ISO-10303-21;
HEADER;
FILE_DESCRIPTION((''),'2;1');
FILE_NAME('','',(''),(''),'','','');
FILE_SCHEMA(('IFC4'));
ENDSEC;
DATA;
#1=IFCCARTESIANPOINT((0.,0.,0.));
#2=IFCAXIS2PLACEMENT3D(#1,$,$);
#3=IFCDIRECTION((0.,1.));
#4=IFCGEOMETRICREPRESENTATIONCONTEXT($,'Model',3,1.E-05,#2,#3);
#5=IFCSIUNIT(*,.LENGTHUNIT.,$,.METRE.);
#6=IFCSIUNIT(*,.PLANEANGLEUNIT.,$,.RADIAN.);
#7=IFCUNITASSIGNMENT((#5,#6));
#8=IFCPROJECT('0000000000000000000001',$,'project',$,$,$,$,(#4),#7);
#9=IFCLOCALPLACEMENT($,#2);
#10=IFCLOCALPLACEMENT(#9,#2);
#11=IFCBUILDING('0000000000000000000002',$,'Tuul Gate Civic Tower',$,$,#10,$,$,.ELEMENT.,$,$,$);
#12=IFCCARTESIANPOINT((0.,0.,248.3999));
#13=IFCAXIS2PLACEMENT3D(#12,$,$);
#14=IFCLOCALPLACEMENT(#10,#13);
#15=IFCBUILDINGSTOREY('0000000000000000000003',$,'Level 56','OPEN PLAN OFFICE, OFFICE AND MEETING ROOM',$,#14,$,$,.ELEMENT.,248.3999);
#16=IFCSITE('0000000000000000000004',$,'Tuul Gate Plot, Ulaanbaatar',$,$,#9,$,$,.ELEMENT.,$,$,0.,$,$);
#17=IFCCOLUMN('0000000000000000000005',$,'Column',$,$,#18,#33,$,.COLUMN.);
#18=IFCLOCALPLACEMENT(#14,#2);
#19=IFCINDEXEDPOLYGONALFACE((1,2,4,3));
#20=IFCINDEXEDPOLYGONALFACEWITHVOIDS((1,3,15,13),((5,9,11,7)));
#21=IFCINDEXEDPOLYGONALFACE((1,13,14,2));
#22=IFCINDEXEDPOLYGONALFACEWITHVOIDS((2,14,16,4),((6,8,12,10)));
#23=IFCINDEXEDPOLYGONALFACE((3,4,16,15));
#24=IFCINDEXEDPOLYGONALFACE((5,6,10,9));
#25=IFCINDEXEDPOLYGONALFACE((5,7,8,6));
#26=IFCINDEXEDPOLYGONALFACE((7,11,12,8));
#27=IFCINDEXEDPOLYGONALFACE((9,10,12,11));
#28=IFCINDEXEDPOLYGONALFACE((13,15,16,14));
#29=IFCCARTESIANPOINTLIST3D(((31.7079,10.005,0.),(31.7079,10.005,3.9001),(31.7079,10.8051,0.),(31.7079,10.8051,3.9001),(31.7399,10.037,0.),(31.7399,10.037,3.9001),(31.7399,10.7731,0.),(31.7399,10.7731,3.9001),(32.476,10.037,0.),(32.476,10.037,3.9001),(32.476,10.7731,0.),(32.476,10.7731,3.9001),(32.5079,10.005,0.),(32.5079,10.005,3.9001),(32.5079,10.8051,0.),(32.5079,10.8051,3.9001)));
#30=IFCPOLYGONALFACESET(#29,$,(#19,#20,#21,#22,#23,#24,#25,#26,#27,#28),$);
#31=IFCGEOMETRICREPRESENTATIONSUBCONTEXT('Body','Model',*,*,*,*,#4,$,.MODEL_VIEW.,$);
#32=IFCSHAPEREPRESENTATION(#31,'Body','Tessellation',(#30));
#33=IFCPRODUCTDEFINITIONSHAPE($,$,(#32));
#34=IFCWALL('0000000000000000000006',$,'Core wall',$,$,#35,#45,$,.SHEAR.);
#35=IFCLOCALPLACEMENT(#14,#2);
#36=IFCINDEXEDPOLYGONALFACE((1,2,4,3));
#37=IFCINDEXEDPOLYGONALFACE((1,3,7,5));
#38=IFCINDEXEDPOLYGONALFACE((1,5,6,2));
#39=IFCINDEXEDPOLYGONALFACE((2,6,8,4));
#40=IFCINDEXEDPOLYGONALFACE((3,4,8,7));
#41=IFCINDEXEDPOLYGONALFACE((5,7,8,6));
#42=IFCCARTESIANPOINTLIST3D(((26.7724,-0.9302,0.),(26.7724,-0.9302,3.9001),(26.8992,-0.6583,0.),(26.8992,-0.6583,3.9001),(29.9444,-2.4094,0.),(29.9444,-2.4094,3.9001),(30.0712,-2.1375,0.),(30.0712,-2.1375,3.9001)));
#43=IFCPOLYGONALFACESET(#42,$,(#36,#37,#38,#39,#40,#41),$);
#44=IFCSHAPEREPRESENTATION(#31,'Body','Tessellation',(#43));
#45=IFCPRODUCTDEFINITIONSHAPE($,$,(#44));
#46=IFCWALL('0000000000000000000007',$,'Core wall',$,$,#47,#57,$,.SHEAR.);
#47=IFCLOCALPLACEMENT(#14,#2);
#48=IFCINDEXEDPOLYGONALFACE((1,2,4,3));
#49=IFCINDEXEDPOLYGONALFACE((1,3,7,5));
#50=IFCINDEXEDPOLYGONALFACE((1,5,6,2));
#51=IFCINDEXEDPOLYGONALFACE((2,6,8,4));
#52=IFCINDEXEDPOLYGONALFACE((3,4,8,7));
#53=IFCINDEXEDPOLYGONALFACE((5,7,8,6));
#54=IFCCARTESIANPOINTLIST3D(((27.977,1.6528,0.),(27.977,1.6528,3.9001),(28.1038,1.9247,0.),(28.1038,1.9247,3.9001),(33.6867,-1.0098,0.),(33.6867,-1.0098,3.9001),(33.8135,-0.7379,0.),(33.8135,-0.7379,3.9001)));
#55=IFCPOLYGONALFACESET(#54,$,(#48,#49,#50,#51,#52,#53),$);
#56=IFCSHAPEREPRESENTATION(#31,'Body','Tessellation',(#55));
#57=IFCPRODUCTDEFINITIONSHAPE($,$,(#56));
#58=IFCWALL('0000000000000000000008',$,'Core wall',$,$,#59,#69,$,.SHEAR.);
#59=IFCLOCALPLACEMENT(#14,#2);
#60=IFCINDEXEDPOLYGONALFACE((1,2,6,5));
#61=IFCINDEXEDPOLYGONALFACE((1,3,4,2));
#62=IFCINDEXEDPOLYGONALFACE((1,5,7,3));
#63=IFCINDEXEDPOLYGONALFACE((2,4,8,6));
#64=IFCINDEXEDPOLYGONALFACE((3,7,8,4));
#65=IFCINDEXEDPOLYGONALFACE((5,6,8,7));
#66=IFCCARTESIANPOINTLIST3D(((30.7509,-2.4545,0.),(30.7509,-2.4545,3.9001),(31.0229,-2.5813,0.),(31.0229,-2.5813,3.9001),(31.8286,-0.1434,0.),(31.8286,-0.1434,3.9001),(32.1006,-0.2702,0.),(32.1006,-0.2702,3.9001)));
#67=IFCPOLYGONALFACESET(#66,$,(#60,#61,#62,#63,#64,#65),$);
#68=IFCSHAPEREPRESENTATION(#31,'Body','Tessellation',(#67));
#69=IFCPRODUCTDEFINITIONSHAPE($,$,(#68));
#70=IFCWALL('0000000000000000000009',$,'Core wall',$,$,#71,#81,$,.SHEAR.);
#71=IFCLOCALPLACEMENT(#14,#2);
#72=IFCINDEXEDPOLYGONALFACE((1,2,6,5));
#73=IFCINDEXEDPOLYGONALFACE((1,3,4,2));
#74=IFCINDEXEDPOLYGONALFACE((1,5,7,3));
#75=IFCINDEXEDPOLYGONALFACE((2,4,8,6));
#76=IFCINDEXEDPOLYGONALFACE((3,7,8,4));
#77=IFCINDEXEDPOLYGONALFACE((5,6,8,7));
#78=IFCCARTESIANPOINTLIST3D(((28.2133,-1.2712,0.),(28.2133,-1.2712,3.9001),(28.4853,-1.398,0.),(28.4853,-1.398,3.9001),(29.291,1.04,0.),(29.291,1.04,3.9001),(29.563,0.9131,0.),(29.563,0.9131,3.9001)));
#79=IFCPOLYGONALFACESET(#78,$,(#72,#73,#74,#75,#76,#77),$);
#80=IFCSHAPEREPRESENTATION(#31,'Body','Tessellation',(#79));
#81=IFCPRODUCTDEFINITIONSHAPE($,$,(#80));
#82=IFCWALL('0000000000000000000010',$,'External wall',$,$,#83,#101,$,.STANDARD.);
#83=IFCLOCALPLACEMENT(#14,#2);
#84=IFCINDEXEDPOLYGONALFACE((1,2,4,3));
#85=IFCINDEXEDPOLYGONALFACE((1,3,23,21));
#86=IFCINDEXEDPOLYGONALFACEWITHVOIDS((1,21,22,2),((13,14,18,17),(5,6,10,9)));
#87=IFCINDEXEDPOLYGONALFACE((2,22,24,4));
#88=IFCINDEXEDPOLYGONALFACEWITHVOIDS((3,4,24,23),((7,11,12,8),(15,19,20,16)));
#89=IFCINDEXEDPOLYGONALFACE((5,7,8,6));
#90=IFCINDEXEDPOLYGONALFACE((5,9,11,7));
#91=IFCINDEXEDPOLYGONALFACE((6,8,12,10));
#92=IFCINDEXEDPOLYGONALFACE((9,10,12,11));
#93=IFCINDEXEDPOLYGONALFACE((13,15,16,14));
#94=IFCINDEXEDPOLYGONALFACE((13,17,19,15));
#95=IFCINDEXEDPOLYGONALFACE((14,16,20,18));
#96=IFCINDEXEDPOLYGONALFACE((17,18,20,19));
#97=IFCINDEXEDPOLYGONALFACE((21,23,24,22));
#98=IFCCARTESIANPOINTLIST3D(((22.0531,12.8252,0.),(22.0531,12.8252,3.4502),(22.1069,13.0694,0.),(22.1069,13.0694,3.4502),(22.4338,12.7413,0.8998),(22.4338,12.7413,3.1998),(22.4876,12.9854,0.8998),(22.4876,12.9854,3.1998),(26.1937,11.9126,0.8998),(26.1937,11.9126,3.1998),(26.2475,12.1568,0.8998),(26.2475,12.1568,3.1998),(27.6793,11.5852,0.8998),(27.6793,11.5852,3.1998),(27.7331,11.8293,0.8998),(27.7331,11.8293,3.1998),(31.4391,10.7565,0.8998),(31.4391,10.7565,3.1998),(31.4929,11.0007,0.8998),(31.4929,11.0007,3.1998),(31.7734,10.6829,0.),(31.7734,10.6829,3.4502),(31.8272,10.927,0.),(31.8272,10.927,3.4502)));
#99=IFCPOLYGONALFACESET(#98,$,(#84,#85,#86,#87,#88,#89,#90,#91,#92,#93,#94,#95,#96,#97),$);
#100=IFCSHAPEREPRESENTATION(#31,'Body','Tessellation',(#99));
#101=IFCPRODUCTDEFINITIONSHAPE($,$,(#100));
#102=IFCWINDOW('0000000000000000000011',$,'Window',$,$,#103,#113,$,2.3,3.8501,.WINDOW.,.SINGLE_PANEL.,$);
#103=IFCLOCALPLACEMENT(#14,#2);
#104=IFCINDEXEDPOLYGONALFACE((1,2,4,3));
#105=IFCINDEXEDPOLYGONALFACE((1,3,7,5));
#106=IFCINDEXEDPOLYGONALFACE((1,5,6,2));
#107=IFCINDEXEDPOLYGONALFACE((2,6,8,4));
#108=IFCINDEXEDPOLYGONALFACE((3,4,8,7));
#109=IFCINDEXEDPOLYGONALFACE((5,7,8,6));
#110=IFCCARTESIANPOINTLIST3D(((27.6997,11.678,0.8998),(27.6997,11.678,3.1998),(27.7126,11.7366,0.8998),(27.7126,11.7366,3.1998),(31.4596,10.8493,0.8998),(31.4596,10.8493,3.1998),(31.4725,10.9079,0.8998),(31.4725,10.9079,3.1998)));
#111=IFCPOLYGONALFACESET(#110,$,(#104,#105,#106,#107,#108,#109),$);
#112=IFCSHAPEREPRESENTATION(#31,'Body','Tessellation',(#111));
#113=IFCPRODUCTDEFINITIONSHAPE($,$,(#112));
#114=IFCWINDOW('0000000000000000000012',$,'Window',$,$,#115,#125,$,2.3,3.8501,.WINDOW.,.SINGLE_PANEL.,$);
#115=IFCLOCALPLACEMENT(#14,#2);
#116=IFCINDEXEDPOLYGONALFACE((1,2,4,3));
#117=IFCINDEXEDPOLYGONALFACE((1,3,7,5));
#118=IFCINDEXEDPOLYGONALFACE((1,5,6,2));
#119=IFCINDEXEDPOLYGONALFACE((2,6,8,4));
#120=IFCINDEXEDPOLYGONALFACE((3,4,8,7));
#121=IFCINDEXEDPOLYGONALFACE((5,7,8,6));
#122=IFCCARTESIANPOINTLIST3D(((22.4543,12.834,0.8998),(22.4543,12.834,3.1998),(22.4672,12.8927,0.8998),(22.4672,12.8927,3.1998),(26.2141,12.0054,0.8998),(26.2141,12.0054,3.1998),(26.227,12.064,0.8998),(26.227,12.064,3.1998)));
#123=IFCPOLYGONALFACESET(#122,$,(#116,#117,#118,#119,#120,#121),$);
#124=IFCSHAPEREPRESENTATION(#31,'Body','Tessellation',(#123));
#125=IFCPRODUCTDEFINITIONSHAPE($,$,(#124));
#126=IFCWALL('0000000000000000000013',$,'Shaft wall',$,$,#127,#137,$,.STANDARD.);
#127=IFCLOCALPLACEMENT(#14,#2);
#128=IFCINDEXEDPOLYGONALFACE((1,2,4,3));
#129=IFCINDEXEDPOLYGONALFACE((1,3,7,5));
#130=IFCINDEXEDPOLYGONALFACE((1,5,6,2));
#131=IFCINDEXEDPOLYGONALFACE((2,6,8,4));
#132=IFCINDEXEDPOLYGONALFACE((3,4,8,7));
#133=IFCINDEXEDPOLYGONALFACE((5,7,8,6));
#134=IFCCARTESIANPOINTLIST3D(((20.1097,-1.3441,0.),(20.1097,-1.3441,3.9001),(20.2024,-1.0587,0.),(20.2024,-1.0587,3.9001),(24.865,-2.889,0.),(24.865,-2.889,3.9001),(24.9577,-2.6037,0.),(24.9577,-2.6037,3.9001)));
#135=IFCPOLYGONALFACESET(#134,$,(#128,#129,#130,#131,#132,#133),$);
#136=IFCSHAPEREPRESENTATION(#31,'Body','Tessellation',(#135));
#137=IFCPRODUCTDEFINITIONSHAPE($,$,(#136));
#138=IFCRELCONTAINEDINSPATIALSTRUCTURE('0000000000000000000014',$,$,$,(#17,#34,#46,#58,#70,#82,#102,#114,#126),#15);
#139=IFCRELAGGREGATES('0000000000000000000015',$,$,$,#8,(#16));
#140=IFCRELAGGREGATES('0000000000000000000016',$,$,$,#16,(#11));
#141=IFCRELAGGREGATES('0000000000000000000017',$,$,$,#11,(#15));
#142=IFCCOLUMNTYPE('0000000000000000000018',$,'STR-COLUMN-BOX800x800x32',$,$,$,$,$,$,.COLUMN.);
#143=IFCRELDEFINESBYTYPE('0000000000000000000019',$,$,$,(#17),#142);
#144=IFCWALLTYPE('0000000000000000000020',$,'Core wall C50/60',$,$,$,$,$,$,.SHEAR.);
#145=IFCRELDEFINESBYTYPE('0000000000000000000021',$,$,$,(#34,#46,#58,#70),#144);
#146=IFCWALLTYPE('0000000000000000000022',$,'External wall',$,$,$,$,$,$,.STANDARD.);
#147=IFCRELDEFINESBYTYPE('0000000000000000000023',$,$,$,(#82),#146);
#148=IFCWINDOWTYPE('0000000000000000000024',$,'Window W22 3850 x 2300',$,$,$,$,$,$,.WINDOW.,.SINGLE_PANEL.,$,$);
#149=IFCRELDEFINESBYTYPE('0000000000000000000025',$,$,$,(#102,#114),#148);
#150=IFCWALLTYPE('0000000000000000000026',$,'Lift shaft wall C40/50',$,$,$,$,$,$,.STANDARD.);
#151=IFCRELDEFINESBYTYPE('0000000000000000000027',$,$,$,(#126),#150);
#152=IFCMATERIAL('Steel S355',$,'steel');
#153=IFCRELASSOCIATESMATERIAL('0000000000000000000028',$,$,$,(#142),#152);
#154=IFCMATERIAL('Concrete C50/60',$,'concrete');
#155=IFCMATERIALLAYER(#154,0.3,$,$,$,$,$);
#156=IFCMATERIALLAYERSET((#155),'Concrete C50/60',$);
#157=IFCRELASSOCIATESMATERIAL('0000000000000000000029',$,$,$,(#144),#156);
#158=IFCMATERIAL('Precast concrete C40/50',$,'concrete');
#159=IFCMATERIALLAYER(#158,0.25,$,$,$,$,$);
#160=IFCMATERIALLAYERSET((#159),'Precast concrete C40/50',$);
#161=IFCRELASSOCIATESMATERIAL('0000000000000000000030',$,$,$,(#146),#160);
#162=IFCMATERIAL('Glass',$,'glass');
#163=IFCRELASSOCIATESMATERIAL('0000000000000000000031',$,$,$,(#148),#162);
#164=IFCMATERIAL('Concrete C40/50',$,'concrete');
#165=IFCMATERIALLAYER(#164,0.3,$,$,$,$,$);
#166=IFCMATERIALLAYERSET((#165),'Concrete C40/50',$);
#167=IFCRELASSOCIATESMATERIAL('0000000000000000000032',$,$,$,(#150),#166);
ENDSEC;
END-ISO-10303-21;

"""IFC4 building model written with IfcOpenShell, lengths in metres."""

from ifc_helpers import new_model, si_unit, direction, frame, frame_2d, origin, origin_2d, place, context, subcontext, project, spatial, rectangle, hollow_rectangle, extrude, material, layer, layer_set, material_profile, profile_set, type_object, element, fill, save


model = new_model("IFC4")

# Units and contexts
model_context = context("Model", 3, precision=1e-05, world=origin(), true_north=direction((0.0, 1.0)))
body_context = subcontext(model_context, "Body", "Model", "MODEL_VIEW")
ifc_project = project(units=[si_unit("LENGTHUNIT", "METRE"), si_unit("PLANEANGLEUNIT", "RADIAN")], contexts=[model_context])

# Site, building, storey
site_placement = place(None, origin())
site = spatial("IfcSite", under=ifc_project, at=site_placement, Name="Tuul Gate Plot, Ulaanbaatar", CompositionType="ELEMENT", RefElevation=0.0)
building_placement = place(site_placement, origin())
building = spatial("IfcBuilding", under=site, at=building_placement, Name="Tuul Gate Civic Tower", CompositionType="ELEMENT")
storey_placement = place(building_placement, frame((0.0, 0.0, 248.3999)))
storey = spatial("IfcBuildingStorey", under=building, at=storey_placement, Name="Level 56", Description="OPEN PLAN OFFICE, OFFICE AND MEETING ROOM", CompositionType="ELEMENT", Elevation=248.3999)

# Column
ifc_material_1 = material(Name="Steel S355", Category="steel")
ifc_material_profile_1 = material_profile(ifc_material_1, hollow_rectangle(XDim=0.8, YDim=0.8, WallThickness=0.032, at=origin_2d()), Name="BOX800x800x32")
ifc_profile_set_1 = profile_set([ifc_material_profile_1], Name="Steel S355")
column_type = type_object("IfcColumnType", Name="STR-COLUMN-BOX800x800x32", PredefinedType="COLUMN", material=ifc_profile_set_1)
column_placement = place(storey_placement, frame((32.1079, 10.405, 0.0), z_axis=(0.0, 0.0, 1.0), x_axis=(1.0, 0.0, 0.0)))
element("IfcColumn", 1, at=column_placement, inside=storey, type_object=column_type, Name="Column", PredefinedType="COLUMN", context=body_context, shape_type="SweptSolid", body=[
    extrude(hollow_rectangle(XDim=0.8, YDim=0.8, WallThickness=0.032, at=origin_2d()), origin(), (0.0, 0.0, 1.0), 3.9001),
])

# Walls
ifc_material_2 = material(Name="Concrete C50/60", Category="concrete")
ifc_layer_1 = layer(ifc_material_2, 0.3)
ifc_layer_set_1 = layer_set([ifc_layer_1], Name="Concrete C50/60")
wall_type_1 = type_object("IfcWallType", Name="Core wall C50/60", PredefinedType="SHEAR", material=ifc_layer_set_1)
wall_1_placement = place(storey_placement, frame((30.0078, -2.2734, 0.0), z_axis=(0.0, 0.0, 1.0), x_axis=(-0.906301, 0.422633, 0.0)))
element("IfcWall", 2, at=wall_1_placement, inside=storey, type_object=wall_type_1, Name="Core wall", PredefinedType="SHEAR", context=body_context, shape_type="SweptSolid", body=[
    extrude(rectangle(XDim=3.5, YDim=0.3, at=frame_2d((1.75, 0.0))), origin(), (0.0, 0.0, 1.0), 3.9001),
])
wall_2_placement = place(storey_placement, frame((33.75, -0.8738, 0.0), z_axis=(0.0, 0.0, 1.0), x_axis=(-0.906301, 0.422633, 0.0)))
element("IfcWall", 3, at=wall_2_placement, inside=storey, type_object=wall_type_1, Name="Core wall", PredefinedType="SHEAR", context=body_context, shape_type="SweptSolid", body=[
    extrude(rectangle(XDim=6.3, YDim=0.3, at=frame_2d((3.1499, 0.0))), origin(), (0.0, 0.0, 1.0), 3.9001),
])
for number, where, z_axis, x_axis, name in (
    (4, (30.887, -2.5178, 0.0), (0.0, 0.0, 1.0), (0.422613, 0.90631, 0.0), "Core wall"),
    (5, (28.3494, -1.3345, 0.0), (0.0, 0.0, 1.0), (0.422613, 0.90631, 0.0), "Core wall"),
):
    element("IfcWall", number, at=place(storey_placement, frame(where, z_axis=z_axis, x_axis=x_axis)), inside=storey, type_object=wall_type_1, Name=name, PredefinedType="SHEAR", context=body_context, shape_type="SweptSolid", body=[
        extrude(rectangle(XDim=2.55, YDim=0.3, at=frame_2d((1.2749, 0.0))), origin(), (0.0, 0.0, 1.0), 3.9001),
    ])

# Wall, openings, windows
ifc_material_3 = material(Name="Precast concrete C40/50", Category="concrete")
ifc_layer_2 = layer(ifc_material_3, 0.25)
ifc_layer_set_2 = layer_set([ifc_layer_2], Name="Precast concrete C40/50")
wall_type_2 = type_object("IfcWallType", Name="External wall", PredefinedType="STANDARD", material=ifc_layer_set_2)
wall_3_placement = place(storey_placement, frame((31.8003, 10.8049, 0.0), z_axis=(0.0, 0.0, 1.0), x_axis=(-0.976562, 0.215234, 0.0)))
wall_3 = element("IfcWall", 6, at=wall_3_placement, inside=storey, type_object=wall_type_2, Name="External wall", PredefinedType="STANDARD", context=body_context, shape_type="SweptSolid", body=[
    extrude(rectangle(XDim=9.9536, YDim=0.25, at=frame_2d((4.9768, 0.0))), origin(), (0.0, 0.0, 1.0), 3.4502),
])
opening_1_placement = place(wall_3_placement, frame((0.3423, 0.0, 0.8999)))
opening_1 = element("IfcOpeningElement", 7, at=opening_1_placement, cuts=wall_3, PredefinedType="OPENING", context=body_context, shape_type="SweptSolid", body=[
    extrude(rectangle(XDim=3.8501, YDim=2.3, at=frame_2d((1.925, 1.1499))), frame((0.0, 0.135, 0.0), z_axis=(0.0, -1.0, 0.0), x_axis=(1.0, 0.0, 0.0)), (0.0, 0.0, 1.0), 0.27),
])
opening_2_placement = place(wall_3_placement, frame((5.7136, 0.0, 0.8999)))
opening_2 = element("IfcOpeningElement", 8, at=opening_2_placement, cuts=wall_3, PredefinedType="OPENING", context=body_context, shape_type="SweptSolid", body=[
    extrude(rectangle(XDim=3.8501, YDim=2.3, at=frame_2d((1.925, 1.1499))), frame((0.0, 0.135, 0.0), z_axis=(0.0, -1.0, 0.0), x_axis=(1.0, 0.0, 0.0)), (0.0, 0.0, 1.0), 0.27),
])
ifc_material_4 = material(Name="Glass", Category="glass")
window_type = type_object("IfcWindowType", Name="Window W22 3850 x 2300", PartitioningType="SINGLE_PANEL", PredefinedType="WINDOW", material=ifc_material_4)
window_1_placement = place(opening_1_placement, origin())
window_1 = element("IfcWindow", 9, at=window_1_placement, inside=storey, type_object=window_type, Name="Window", OverallHeight=2.3, OverallWidth=3.8501, PartitioningType="SINGLE_PANEL", PredefinedType="WINDOW", context=body_context, shape_type="SweptSolid", body=[
    extrude(rectangle(XDim=3.8501, YDim=2.3, at=frame_2d((1.925, 1.1499))), frame((0.0, 0.03, 0.0), z_axis=(0.0, -1.0, 0.0), x_axis=(1.0, 0.0, 0.0)), (0.0, 0.0, 1.0), 0.0601),
])
fill(opening_1, window_1)
window_2_placement = place(opening_2_placement, origin())
window_2 = element("IfcWindow", 10, at=window_2_placement, inside=storey, type_object=window_type, Name="Window", OverallHeight=2.3, OverallWidth=3.8501, PartitioningType="SINGLE_PANEL", PredefinedType="WINDOW", context=body_context, shape_type="SweptSolid", body=[
    extrude(rectangle(XDim=3.8501, YDim=2.3, at=frame_2d((1.925, 1.1499))), frame((0.0, 0.03, 0.0), z_axis=(0.0, -1.0, 0.0), x_axis=(1.0, 0.0, 0.0)), (0.0, 0.0, 1.0), 0.0601),
])
fill(opening_2, window_2)

# Wall
ifc_material_5 = material(Name="Concrete C40/50", Category="concrete")
ifc_layer_3 = layer(ifc_material_5, 0.3)
ifc_layer_set_3 = layer_set([ifc_layer_3], Name="Concrete C40/50")
wall_type_3 = type_object("IfcWallType", Name="Lift shaft wall C40/50", PredefinedType="STANDARD", material=ifc_layer_set_3)
wall_4_placement = place(storey_placement, frame((24.9114, -2.7463, 0.0), z_axis=(0.0, 0.0, 1.0), x_axis=(-0.951068, 0.308982, 0.0)))
element("IfcWall", 11, at=wall_4_placement, inside=storey, type_object=wall_type_3, Name="Shaft wall", PredefinedType="STANDARD", context=body_context, shape_type="SweptSolid", body=[
    extrude(rectangle(XDim=5.0, YDim=0.3, at=frame_2d((2.5, 0.0))), origin(), (0.0, 0.0, 1.0), 3.9001),
])

save(model, "model.ifc")
